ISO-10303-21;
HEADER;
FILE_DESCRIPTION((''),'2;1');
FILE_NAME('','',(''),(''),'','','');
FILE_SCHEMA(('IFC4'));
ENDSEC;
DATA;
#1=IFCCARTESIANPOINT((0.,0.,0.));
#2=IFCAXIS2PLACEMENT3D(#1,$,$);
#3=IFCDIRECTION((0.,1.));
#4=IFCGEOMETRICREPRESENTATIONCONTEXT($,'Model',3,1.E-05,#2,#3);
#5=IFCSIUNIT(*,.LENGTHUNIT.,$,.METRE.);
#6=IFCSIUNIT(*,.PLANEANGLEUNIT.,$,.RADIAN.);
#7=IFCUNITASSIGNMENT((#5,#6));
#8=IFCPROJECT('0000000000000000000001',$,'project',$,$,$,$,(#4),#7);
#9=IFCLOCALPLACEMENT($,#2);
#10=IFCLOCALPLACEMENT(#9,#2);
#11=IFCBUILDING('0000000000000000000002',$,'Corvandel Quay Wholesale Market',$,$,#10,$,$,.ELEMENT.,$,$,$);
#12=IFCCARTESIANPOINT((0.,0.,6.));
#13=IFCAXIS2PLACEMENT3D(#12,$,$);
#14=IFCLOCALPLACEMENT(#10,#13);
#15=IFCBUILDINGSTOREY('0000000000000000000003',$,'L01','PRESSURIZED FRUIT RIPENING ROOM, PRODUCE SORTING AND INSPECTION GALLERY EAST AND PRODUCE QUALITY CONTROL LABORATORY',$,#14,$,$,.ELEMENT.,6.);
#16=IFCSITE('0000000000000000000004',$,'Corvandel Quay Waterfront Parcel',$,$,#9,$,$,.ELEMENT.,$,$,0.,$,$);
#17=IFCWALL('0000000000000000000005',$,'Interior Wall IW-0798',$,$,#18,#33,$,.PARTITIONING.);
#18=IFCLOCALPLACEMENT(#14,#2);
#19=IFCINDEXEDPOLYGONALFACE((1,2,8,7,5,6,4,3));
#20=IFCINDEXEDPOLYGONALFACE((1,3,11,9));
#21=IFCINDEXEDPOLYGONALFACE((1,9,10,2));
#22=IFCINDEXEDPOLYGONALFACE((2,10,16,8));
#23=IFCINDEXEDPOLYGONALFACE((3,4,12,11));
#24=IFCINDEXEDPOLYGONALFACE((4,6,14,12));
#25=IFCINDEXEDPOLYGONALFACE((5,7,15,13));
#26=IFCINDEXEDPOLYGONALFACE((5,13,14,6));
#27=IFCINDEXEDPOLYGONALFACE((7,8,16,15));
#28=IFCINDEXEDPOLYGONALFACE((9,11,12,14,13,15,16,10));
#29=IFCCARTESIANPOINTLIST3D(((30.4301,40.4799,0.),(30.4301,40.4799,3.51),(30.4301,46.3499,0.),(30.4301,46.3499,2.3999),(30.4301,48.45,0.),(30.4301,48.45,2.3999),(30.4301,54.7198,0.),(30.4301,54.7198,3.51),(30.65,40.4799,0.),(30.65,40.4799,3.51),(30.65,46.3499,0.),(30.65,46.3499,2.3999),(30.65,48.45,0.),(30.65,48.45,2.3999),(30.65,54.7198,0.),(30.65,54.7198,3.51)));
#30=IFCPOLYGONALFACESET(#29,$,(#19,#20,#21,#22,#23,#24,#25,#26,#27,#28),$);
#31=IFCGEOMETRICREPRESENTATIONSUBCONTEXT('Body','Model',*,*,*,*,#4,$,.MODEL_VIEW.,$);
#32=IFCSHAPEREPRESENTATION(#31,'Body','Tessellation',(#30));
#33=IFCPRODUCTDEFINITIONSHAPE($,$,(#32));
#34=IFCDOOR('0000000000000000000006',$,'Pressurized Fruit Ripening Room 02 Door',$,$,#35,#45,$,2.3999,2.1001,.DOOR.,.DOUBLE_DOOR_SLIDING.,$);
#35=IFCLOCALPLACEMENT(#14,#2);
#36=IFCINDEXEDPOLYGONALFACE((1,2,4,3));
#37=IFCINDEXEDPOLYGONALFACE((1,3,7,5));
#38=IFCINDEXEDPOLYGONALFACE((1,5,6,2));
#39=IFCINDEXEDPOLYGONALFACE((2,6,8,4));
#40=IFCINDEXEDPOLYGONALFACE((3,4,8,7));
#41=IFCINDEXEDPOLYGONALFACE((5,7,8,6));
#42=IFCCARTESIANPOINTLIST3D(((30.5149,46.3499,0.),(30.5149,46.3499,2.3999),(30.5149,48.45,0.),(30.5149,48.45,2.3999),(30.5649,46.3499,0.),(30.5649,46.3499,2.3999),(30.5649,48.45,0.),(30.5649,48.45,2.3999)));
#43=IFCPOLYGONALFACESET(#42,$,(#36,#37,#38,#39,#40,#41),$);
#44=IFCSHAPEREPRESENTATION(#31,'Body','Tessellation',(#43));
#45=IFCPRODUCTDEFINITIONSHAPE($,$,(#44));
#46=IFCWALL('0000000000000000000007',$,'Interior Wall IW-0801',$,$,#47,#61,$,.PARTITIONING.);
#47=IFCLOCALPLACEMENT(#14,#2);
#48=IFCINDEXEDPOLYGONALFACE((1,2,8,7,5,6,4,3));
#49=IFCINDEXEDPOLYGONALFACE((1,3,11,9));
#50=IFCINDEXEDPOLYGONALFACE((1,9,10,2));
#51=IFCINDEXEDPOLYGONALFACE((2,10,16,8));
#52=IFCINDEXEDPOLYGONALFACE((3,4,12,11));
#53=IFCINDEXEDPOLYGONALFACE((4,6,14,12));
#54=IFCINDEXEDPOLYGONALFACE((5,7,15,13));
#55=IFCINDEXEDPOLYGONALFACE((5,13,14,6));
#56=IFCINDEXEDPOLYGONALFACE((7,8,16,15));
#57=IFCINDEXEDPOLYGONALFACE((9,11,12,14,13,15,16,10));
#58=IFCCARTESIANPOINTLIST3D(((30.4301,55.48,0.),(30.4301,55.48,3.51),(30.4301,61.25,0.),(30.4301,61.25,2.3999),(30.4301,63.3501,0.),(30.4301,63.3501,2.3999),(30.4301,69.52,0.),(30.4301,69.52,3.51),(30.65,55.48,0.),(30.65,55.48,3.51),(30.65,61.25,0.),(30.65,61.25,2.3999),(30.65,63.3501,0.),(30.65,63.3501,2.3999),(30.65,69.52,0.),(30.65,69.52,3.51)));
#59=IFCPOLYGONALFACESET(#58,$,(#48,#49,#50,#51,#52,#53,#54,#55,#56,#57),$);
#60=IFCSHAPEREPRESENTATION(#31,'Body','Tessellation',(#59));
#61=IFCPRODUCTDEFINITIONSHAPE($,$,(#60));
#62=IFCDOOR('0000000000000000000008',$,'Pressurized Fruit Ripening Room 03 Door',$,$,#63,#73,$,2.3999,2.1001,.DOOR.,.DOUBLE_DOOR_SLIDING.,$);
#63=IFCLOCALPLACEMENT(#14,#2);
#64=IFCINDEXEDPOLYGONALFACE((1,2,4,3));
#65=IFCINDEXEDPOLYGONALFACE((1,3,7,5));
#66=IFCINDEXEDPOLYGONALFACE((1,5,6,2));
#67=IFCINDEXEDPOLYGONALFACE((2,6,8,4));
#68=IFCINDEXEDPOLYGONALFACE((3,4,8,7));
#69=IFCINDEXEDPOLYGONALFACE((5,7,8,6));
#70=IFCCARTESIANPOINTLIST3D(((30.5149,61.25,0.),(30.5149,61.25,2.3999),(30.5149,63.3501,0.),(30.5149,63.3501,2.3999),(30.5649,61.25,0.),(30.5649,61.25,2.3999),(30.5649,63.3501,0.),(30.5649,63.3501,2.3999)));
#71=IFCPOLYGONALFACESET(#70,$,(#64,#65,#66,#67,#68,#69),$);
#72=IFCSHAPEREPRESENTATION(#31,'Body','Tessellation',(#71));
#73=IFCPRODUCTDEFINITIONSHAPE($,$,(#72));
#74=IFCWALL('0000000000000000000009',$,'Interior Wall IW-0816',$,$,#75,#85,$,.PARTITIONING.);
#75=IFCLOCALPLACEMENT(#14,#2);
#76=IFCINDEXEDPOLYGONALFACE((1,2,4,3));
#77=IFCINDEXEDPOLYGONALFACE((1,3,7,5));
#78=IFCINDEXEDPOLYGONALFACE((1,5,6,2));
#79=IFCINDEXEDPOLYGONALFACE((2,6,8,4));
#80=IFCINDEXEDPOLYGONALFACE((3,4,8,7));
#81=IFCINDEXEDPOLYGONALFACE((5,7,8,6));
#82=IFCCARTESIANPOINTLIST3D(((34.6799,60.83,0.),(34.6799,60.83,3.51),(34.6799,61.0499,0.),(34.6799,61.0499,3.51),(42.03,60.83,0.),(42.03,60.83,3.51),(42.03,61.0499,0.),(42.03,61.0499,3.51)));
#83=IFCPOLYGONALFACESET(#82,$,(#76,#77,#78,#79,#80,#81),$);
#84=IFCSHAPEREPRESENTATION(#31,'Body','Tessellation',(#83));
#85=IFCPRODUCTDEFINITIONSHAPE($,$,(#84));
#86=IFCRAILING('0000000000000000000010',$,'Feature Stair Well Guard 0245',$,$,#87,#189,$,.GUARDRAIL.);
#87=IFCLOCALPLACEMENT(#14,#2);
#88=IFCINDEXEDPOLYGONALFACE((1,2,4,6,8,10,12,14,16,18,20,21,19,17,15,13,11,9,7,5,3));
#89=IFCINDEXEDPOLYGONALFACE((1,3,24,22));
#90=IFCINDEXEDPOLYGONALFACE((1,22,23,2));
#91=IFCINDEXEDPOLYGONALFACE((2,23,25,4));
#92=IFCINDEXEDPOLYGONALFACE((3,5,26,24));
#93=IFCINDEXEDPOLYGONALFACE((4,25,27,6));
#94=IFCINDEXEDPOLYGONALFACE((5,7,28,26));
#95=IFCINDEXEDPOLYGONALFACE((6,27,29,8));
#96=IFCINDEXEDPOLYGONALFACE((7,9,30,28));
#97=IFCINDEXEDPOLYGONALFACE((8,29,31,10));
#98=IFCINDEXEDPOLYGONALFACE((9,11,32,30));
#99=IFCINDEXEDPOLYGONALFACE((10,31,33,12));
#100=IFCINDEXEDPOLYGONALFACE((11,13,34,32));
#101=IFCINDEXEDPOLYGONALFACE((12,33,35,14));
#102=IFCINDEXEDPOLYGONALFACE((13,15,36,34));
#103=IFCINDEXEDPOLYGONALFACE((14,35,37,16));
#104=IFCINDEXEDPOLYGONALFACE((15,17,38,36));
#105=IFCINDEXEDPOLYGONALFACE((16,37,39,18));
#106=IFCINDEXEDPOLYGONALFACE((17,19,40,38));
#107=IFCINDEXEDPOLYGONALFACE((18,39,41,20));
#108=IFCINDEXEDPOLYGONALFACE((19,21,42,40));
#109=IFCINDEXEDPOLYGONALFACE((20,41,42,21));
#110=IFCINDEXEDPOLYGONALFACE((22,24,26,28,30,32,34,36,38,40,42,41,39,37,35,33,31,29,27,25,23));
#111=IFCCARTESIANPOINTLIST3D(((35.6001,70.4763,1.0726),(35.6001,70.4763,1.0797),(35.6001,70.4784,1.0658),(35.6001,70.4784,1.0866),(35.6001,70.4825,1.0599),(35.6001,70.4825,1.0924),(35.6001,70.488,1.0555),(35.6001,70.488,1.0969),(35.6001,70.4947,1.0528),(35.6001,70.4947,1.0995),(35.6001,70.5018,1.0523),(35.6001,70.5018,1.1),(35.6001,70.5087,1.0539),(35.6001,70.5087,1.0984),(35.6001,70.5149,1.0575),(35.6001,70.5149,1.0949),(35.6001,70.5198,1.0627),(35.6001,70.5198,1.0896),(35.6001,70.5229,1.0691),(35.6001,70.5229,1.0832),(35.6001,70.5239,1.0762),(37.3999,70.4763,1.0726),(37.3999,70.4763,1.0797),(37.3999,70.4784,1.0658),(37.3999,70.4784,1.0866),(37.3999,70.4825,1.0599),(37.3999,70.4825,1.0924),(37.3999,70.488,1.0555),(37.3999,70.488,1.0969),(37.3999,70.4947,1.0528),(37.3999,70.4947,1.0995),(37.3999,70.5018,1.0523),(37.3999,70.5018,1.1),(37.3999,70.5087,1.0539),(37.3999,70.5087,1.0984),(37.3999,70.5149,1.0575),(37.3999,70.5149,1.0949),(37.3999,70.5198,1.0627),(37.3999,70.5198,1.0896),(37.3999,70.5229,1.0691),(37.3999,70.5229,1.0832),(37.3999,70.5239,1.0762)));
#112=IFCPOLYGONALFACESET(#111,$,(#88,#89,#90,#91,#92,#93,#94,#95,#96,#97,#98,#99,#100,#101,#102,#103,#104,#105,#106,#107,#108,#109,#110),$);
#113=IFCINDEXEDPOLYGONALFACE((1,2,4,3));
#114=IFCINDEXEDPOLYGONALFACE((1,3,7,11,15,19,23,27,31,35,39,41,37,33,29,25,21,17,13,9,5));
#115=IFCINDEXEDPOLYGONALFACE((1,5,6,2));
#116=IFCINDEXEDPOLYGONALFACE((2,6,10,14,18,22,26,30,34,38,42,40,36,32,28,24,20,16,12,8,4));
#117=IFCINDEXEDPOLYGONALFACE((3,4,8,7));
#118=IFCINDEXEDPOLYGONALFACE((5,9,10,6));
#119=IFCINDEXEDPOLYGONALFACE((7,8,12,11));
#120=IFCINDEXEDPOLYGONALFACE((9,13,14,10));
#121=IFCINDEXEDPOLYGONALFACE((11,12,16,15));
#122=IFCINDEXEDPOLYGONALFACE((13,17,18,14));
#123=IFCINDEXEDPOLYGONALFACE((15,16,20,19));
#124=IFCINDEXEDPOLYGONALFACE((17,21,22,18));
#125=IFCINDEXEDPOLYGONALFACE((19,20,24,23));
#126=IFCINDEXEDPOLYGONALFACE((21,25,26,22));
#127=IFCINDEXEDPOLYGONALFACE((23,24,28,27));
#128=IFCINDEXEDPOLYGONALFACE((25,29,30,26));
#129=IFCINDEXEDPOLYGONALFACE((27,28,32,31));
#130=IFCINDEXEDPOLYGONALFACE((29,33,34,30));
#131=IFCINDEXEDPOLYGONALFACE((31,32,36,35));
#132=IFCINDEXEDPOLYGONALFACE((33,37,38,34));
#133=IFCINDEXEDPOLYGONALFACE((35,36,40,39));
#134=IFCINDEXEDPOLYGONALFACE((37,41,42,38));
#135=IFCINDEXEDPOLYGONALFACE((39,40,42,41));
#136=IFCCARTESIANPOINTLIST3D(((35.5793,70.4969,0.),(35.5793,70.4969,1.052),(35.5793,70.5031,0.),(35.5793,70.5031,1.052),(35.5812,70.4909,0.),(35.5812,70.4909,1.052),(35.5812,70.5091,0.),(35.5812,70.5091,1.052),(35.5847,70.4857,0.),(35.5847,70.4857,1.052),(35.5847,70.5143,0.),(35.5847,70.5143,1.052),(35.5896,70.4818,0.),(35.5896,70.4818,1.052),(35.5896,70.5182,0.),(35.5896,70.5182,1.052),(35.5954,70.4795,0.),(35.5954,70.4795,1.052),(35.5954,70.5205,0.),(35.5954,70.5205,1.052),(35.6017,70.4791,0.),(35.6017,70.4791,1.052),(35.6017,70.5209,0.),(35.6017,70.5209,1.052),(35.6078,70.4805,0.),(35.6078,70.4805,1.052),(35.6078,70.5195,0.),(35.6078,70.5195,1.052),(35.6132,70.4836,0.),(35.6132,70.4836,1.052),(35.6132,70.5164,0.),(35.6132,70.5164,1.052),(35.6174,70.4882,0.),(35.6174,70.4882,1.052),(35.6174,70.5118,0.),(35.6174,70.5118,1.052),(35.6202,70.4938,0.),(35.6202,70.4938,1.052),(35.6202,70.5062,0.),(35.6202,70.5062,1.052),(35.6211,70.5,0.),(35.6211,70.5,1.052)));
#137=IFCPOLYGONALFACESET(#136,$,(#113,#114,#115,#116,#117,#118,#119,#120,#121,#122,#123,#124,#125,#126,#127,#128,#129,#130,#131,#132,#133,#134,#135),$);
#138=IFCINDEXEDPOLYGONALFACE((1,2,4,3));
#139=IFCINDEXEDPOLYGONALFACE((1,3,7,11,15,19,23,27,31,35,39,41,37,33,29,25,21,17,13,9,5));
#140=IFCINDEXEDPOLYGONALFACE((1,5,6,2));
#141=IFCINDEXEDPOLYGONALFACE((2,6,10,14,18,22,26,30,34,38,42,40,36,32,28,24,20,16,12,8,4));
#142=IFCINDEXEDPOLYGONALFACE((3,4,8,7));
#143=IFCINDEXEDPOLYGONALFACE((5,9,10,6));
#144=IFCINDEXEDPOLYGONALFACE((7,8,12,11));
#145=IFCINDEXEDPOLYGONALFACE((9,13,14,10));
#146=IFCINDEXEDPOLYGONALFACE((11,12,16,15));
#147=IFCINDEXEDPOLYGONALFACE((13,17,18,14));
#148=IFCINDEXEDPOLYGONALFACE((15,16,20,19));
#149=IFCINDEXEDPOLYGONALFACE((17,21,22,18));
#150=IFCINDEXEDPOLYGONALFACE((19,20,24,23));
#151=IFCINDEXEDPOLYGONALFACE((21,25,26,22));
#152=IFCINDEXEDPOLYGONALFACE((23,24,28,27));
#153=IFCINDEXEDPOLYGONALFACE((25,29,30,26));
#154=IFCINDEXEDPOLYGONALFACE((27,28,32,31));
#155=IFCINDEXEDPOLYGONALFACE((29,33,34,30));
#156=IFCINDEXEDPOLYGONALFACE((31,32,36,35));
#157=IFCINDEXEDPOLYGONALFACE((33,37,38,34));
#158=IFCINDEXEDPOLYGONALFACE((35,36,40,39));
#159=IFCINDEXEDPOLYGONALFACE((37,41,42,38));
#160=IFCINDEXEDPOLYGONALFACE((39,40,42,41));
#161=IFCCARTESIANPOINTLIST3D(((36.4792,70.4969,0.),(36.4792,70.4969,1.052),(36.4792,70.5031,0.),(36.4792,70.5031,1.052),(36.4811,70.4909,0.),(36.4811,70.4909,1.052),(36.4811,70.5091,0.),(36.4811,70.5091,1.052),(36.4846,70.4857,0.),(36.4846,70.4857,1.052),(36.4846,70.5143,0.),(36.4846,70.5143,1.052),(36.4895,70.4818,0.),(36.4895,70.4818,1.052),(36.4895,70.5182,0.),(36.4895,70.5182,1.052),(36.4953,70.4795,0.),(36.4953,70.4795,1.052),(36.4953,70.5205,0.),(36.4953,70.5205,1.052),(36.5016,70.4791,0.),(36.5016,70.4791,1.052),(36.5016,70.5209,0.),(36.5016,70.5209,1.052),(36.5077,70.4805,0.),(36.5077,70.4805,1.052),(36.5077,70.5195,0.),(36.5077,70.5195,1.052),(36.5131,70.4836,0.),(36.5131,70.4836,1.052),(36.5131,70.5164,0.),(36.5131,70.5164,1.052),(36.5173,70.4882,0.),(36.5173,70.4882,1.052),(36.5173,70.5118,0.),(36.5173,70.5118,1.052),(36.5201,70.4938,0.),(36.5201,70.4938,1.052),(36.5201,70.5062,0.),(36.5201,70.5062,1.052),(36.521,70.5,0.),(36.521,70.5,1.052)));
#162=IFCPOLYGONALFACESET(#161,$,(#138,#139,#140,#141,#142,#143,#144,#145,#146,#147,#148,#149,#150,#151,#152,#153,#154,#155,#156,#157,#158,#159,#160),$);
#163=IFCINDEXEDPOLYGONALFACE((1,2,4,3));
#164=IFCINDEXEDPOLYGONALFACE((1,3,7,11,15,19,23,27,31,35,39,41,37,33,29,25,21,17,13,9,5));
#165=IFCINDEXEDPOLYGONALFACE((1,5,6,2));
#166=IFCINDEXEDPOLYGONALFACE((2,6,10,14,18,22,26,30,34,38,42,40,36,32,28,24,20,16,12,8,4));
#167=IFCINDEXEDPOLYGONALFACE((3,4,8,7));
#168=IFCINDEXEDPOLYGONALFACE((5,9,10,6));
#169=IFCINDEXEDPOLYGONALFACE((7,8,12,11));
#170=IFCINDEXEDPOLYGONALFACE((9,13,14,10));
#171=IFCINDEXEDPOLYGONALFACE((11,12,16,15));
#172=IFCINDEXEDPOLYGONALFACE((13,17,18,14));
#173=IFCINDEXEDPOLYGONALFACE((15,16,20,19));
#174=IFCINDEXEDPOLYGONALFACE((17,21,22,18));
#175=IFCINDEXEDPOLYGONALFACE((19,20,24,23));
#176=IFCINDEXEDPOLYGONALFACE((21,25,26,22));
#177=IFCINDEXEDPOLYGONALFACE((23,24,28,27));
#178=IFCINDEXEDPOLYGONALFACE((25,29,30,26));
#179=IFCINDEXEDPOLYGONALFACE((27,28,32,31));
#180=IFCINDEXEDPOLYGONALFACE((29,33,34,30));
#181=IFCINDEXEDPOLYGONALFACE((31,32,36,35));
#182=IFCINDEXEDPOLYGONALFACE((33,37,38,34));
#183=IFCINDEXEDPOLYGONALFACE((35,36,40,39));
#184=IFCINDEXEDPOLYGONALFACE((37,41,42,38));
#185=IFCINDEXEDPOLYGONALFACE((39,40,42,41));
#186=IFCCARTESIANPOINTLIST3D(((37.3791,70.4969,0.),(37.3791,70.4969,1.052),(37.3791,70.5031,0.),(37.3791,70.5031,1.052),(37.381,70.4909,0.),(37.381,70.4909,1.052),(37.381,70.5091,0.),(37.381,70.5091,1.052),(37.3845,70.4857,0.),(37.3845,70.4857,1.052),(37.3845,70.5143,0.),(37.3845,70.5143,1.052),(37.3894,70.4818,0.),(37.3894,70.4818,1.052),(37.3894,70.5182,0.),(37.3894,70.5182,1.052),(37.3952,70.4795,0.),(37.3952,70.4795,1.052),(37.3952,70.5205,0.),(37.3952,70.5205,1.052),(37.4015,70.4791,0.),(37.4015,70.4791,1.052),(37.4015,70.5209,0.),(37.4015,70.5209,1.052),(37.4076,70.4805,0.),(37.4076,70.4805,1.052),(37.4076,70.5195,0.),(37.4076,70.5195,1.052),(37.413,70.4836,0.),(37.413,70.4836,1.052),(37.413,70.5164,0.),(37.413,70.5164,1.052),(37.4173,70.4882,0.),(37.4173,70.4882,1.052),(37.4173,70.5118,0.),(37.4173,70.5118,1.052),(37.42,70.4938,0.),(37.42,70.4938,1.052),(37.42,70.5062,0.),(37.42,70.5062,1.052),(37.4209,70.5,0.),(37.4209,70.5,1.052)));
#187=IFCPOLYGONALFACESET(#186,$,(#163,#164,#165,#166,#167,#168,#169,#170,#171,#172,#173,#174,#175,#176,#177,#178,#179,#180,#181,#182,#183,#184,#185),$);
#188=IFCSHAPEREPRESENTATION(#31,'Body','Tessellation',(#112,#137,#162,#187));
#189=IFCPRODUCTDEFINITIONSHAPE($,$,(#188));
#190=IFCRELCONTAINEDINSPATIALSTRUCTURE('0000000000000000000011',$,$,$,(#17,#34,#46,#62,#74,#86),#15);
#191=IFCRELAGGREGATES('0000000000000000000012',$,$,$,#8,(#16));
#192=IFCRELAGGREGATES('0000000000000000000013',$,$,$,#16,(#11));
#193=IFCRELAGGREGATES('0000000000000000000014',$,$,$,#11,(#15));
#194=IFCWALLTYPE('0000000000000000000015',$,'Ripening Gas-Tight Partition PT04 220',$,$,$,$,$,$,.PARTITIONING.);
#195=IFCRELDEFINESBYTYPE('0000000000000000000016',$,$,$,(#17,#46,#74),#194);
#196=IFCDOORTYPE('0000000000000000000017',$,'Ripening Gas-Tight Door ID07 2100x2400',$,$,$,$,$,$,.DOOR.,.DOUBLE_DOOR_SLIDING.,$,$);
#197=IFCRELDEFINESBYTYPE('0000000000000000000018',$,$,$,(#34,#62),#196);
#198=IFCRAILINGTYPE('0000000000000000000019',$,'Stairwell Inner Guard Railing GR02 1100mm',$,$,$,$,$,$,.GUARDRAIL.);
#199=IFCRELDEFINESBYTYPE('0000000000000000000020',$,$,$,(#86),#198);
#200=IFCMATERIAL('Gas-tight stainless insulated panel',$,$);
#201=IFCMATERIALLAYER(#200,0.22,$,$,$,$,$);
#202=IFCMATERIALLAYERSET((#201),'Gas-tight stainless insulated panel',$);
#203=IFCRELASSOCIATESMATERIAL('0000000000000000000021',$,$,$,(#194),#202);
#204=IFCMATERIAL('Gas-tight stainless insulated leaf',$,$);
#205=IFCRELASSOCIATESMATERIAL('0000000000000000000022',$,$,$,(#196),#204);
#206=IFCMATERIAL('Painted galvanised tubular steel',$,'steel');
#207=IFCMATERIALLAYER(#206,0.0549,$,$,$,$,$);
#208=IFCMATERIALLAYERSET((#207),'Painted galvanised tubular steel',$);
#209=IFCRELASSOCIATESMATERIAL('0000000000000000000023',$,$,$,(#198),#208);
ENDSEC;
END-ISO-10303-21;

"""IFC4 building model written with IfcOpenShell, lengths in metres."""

from ifc_helpers import new_model, si_unit, direction, frame, frame_2d, origin, origin_2d, place, context, subcontext, project, spatial, rectangle, circle, extrude, material, layer, layer_set, type_object, element, fill, save


model = new_model("IFC4")

# Units and contexts
model_context = context("Model", 3, precision=1e-05, world=origin(), true_north=direction((0.0, 1.0)))
body_context = subcontext(model_context, "Body", "Model", "MODEL_VIEW")
ifc_project = project(units=[si_unit("LENGTHUNIT", "METRE"), si_unit("PLANEANGLEUNIT", "RADIAN")], contexts=[model_context])

# Site, building, storey
site_placement = place(None, origin())
site = spatial("IfcSite", under=ifc_project, at=site_placement, Name="Corvandel Quay Waterfront Parcel", CompositionType="ELEMENT", RefElevation=0.0)
building_placement = place(site_placement, origin())
building = spatial("IfcBuilding", under=site, at=building_placement, Name="Corvandel Quay Wholesale Market", CompositionType="ELEMENT")
storey_placement = place(building_placement, frame((0.0, 0.0, 6.0)))
storey = spatial("IfcBuildingStorey", under=building, at=storey_placement, Name="L01", Description="PRESSURIZED FRUIT RIPENING ROOM, PRODUCE SORTING AND INSPECTION GALLERY EAST AND PRODUCE QUALITY CONTROL LABORATORY", CompositionType="ELEMENT", Elevation=6.0)

# Walls, openings, doors
ifc_material_1 = material(Name="Gas-tight stainless insulated panel")
ifc_layer_1 = layer(ifc_material_1, 0.22)
ifc_layer_set_1 = layer_set([ifc_layer_1], Name="Gas-tight stainless insulated panel")
wall_type = type_object("IfcWallType", Name="Ripening Gas-Tight Partition PT04 220", PredefinedType="PARTITIONING", material=ifc_layer_set_1)
wall_1_placement = place(storey_placement, frame((30.54, 54.72, 0.0), z_axis=(0.0, 0.0, 1.0), x_axis=(0.0, -1.0, 0.0)))
wall_1 = element("IfcWall", 1, at=wall_1_placement, inside=storey, type_object=wall_type, Name="Interior Wall IW-0798", PredefinedType="PARTITIONING", context=body_context, shape_type="SweptSolid", body=[
    extrude(rectangle(XDim=14.24, YDim=0.22, at=frame_2d((7.1201, 0.0))), origin(), (0.0, 0.0, 1.0), 3.51),
])
opening_1_placement = place(wall_1_placement, frame((6.27, 0.0, 0.0)))
opening_1 = element("IfcOpeningElement", 2, at=opening_1_placement, cuts=wall_1, PredefinedType="OPENING", context=body_context, shape_type="SweptSolid", body=[
    extrude(rectangle(XDim=2.1001, YDim=2.3999, at=frame_2d((1.05, 1.2))), frame((0.0, 0.1199, 0.0), z_axis=(0.0, -1.0, 0.0), x_axis=(1.0, 0.0, 0.0)), (0.0, 0.0, 1.0), 0.24),
])
ifc_material_2 = material(Name="Gas-tight stainless insulated leaf")
door_type = type_object("IfcDoorType", Name="Ripening Gas-Tight Door ID07 2100x2400", OperationType="DOUBLE_DOOR_SLIDING", PredefinedType="DOOR", material=ifc_material_2)
door_1_placement = place(opening_1_placement, origin())
door_1 = element("IfcDoor", 3, at=door_1_placement, inside=storey, type_object=door_type, Name="Pressurized Fruit Ripening Room 02 Door", OperationType="DOUBLE_DOOR_SLIDING", OverallHeight=2.3999, OverallWidth=2.1001, PredefinedType="DOOR", context=body_context, shape_type="SweptSolid", body=[
    extrude(rectangle(XDim=2.1001, YDim=2.3999, at=frame_2d((1.05, 1.2))), frame((0.0, 0.0249, 0.0), z_axis=(0.0, -1.0, 0.0), x_axis=(1.0, 0.0, 0.0)), (0.0, 0.0, 1.0), 0.05),
])
fill(opening_1, door_1)
wall_2_placement = place(storey_placement, frame((30.54, 69.52, 0.0), z_axis=(0.0, 0.0, 1.0), x_axis=(0.0, -1.0, 0.0)))
wall_2 = element("IfcWall", 4, at=wall_2_placement, inside=storey, type_object=wall_type, Name="Interior Wall IW-0801", PredefinedType="PARTITIONING", context=body_context, shape_type="SweptSolid", body=[
    extrude(rectangle(XDim=14.04, YDim=0.22, at=frame_2d((7.02, 0.0))), origin(), (0.0, 0.0, 1.0), 3.51),
])
opening_2_placement = place(wall_2_placement, frame((6.1699, 0.0, 0.0)))
opening_2 = element("IfcOpeningElement", 5, at=opening_2_placement, cuts=wall_2, PredefinedType="OPENING", context=body_context, shape_type="SweptSolid", body=[
    extrude(rectangle(XDim=2.1001, YDim=2.3999, at=frame_2d((1.05, 1.2))), frame((0.0, 0.1199, 0.0), z_axis=(0.0, -1.0, 0.0), x_axis=(1.0, 0.0, 0.0)), (0.0, 0.0, 1.0), 0.24),
])
door_2_placement = place(opening_2_placement, origin())
door_2 = element("IfcDoor", 6, at=door_2_placement, inside=storey, type_object=door_type, Name="Pressurized Fruit Ripening Room 03 Door", OperationType="DOUBLE_DOOR_SLIDING", OverallHeight=2.3999, OverallWidth=2.1001, PredefinedType="DOOR", context=body_context, shape_type="SweptSolid", body=[
    extrude(rectangle(XDim=2.1001, YDim=2.3999, at=frame_2d((1.05, 1.2))), frame((0.0, 0.0249, 0.0), z_axis=(0.0, -1.0, 0.0), x_axis=(1.0, 0.0, 0.0)), (0.0, 0.0, 1.0), 0.05),
])
fill(opening_2, door_2)

# Wall
wall_3_placement = place(storey_placement, frame((34.6799, 60.9399, 0.0), z_axis=(0.0, 0.0, 1.0), x_axis=(1.0, 0.0, 0.0)))
element("IfcWall", 7, at=wall_3_placement, inside=storey, type_object=wall_type, Name="Interior Wall IW-0816", PredefinedType="PARTITIONING", context=body_context, shape_type="SweptSolid", body=[
    extrude(rectangle(XDim=7.3501, YDim=0.22, at=frame_2d((3.675, 0.0))), origin(), (0.0, 0.0, 1.0), 3.51),
])

# Railing
ifc_material_3 = material(Name="Painted galvanised tubular steel", Category="steel")
ifc_layer_2 = layer(ifc_material_3, 0.0549)
ifc_layer_set_2 = layer_set([ifc_layer_2], Name="Painted galvanised tubular steel")
railing_type = type_object("IfcRailingType", Name="Stairwell Inner Guard Railing GR02 1100mm", PredefinedType="GUARDRAIL", material=ifc_layer_set_2)
railing_placement = place(storey_placement, frame((35.6001, 70.5, 0.0)))
element("IfcRailing", 8, at=railing_placement, inside=storey, type_object=railing_type, Name="Feature Stair Well Guard 0245", PredefinedType="GUARDRAIL", context=body_context, shape_type="SweptSolid", body=[
    extrude(circle(Radius=0.0239, at=origin_2d()), frame((0.0, 0.0, 1.0762), z_axis=(1.0, 0.0, 0.0), x_axis=(0.0, 1.0, 0.0)), (0.0, 0.0, 1.0), 1.7998),
    extrude(circle(Radius=0.021, at=origin_2d()), origin(), (0.0, 0.0, 1.0), 1.052),
    extrude(circle(Radius=0.021, at=origin_2d()), frame((0.8999, 0.0, 0.0)), (0.0, 0.0, 1.0), 1.052),
    extrude(circle(Radius=0.021, at=origin_2d()), frame((1.7998, 0.0, 0.0)), (0.0, 0.0, 1.0), 1.052),
])

save(model, "model.ifc")
